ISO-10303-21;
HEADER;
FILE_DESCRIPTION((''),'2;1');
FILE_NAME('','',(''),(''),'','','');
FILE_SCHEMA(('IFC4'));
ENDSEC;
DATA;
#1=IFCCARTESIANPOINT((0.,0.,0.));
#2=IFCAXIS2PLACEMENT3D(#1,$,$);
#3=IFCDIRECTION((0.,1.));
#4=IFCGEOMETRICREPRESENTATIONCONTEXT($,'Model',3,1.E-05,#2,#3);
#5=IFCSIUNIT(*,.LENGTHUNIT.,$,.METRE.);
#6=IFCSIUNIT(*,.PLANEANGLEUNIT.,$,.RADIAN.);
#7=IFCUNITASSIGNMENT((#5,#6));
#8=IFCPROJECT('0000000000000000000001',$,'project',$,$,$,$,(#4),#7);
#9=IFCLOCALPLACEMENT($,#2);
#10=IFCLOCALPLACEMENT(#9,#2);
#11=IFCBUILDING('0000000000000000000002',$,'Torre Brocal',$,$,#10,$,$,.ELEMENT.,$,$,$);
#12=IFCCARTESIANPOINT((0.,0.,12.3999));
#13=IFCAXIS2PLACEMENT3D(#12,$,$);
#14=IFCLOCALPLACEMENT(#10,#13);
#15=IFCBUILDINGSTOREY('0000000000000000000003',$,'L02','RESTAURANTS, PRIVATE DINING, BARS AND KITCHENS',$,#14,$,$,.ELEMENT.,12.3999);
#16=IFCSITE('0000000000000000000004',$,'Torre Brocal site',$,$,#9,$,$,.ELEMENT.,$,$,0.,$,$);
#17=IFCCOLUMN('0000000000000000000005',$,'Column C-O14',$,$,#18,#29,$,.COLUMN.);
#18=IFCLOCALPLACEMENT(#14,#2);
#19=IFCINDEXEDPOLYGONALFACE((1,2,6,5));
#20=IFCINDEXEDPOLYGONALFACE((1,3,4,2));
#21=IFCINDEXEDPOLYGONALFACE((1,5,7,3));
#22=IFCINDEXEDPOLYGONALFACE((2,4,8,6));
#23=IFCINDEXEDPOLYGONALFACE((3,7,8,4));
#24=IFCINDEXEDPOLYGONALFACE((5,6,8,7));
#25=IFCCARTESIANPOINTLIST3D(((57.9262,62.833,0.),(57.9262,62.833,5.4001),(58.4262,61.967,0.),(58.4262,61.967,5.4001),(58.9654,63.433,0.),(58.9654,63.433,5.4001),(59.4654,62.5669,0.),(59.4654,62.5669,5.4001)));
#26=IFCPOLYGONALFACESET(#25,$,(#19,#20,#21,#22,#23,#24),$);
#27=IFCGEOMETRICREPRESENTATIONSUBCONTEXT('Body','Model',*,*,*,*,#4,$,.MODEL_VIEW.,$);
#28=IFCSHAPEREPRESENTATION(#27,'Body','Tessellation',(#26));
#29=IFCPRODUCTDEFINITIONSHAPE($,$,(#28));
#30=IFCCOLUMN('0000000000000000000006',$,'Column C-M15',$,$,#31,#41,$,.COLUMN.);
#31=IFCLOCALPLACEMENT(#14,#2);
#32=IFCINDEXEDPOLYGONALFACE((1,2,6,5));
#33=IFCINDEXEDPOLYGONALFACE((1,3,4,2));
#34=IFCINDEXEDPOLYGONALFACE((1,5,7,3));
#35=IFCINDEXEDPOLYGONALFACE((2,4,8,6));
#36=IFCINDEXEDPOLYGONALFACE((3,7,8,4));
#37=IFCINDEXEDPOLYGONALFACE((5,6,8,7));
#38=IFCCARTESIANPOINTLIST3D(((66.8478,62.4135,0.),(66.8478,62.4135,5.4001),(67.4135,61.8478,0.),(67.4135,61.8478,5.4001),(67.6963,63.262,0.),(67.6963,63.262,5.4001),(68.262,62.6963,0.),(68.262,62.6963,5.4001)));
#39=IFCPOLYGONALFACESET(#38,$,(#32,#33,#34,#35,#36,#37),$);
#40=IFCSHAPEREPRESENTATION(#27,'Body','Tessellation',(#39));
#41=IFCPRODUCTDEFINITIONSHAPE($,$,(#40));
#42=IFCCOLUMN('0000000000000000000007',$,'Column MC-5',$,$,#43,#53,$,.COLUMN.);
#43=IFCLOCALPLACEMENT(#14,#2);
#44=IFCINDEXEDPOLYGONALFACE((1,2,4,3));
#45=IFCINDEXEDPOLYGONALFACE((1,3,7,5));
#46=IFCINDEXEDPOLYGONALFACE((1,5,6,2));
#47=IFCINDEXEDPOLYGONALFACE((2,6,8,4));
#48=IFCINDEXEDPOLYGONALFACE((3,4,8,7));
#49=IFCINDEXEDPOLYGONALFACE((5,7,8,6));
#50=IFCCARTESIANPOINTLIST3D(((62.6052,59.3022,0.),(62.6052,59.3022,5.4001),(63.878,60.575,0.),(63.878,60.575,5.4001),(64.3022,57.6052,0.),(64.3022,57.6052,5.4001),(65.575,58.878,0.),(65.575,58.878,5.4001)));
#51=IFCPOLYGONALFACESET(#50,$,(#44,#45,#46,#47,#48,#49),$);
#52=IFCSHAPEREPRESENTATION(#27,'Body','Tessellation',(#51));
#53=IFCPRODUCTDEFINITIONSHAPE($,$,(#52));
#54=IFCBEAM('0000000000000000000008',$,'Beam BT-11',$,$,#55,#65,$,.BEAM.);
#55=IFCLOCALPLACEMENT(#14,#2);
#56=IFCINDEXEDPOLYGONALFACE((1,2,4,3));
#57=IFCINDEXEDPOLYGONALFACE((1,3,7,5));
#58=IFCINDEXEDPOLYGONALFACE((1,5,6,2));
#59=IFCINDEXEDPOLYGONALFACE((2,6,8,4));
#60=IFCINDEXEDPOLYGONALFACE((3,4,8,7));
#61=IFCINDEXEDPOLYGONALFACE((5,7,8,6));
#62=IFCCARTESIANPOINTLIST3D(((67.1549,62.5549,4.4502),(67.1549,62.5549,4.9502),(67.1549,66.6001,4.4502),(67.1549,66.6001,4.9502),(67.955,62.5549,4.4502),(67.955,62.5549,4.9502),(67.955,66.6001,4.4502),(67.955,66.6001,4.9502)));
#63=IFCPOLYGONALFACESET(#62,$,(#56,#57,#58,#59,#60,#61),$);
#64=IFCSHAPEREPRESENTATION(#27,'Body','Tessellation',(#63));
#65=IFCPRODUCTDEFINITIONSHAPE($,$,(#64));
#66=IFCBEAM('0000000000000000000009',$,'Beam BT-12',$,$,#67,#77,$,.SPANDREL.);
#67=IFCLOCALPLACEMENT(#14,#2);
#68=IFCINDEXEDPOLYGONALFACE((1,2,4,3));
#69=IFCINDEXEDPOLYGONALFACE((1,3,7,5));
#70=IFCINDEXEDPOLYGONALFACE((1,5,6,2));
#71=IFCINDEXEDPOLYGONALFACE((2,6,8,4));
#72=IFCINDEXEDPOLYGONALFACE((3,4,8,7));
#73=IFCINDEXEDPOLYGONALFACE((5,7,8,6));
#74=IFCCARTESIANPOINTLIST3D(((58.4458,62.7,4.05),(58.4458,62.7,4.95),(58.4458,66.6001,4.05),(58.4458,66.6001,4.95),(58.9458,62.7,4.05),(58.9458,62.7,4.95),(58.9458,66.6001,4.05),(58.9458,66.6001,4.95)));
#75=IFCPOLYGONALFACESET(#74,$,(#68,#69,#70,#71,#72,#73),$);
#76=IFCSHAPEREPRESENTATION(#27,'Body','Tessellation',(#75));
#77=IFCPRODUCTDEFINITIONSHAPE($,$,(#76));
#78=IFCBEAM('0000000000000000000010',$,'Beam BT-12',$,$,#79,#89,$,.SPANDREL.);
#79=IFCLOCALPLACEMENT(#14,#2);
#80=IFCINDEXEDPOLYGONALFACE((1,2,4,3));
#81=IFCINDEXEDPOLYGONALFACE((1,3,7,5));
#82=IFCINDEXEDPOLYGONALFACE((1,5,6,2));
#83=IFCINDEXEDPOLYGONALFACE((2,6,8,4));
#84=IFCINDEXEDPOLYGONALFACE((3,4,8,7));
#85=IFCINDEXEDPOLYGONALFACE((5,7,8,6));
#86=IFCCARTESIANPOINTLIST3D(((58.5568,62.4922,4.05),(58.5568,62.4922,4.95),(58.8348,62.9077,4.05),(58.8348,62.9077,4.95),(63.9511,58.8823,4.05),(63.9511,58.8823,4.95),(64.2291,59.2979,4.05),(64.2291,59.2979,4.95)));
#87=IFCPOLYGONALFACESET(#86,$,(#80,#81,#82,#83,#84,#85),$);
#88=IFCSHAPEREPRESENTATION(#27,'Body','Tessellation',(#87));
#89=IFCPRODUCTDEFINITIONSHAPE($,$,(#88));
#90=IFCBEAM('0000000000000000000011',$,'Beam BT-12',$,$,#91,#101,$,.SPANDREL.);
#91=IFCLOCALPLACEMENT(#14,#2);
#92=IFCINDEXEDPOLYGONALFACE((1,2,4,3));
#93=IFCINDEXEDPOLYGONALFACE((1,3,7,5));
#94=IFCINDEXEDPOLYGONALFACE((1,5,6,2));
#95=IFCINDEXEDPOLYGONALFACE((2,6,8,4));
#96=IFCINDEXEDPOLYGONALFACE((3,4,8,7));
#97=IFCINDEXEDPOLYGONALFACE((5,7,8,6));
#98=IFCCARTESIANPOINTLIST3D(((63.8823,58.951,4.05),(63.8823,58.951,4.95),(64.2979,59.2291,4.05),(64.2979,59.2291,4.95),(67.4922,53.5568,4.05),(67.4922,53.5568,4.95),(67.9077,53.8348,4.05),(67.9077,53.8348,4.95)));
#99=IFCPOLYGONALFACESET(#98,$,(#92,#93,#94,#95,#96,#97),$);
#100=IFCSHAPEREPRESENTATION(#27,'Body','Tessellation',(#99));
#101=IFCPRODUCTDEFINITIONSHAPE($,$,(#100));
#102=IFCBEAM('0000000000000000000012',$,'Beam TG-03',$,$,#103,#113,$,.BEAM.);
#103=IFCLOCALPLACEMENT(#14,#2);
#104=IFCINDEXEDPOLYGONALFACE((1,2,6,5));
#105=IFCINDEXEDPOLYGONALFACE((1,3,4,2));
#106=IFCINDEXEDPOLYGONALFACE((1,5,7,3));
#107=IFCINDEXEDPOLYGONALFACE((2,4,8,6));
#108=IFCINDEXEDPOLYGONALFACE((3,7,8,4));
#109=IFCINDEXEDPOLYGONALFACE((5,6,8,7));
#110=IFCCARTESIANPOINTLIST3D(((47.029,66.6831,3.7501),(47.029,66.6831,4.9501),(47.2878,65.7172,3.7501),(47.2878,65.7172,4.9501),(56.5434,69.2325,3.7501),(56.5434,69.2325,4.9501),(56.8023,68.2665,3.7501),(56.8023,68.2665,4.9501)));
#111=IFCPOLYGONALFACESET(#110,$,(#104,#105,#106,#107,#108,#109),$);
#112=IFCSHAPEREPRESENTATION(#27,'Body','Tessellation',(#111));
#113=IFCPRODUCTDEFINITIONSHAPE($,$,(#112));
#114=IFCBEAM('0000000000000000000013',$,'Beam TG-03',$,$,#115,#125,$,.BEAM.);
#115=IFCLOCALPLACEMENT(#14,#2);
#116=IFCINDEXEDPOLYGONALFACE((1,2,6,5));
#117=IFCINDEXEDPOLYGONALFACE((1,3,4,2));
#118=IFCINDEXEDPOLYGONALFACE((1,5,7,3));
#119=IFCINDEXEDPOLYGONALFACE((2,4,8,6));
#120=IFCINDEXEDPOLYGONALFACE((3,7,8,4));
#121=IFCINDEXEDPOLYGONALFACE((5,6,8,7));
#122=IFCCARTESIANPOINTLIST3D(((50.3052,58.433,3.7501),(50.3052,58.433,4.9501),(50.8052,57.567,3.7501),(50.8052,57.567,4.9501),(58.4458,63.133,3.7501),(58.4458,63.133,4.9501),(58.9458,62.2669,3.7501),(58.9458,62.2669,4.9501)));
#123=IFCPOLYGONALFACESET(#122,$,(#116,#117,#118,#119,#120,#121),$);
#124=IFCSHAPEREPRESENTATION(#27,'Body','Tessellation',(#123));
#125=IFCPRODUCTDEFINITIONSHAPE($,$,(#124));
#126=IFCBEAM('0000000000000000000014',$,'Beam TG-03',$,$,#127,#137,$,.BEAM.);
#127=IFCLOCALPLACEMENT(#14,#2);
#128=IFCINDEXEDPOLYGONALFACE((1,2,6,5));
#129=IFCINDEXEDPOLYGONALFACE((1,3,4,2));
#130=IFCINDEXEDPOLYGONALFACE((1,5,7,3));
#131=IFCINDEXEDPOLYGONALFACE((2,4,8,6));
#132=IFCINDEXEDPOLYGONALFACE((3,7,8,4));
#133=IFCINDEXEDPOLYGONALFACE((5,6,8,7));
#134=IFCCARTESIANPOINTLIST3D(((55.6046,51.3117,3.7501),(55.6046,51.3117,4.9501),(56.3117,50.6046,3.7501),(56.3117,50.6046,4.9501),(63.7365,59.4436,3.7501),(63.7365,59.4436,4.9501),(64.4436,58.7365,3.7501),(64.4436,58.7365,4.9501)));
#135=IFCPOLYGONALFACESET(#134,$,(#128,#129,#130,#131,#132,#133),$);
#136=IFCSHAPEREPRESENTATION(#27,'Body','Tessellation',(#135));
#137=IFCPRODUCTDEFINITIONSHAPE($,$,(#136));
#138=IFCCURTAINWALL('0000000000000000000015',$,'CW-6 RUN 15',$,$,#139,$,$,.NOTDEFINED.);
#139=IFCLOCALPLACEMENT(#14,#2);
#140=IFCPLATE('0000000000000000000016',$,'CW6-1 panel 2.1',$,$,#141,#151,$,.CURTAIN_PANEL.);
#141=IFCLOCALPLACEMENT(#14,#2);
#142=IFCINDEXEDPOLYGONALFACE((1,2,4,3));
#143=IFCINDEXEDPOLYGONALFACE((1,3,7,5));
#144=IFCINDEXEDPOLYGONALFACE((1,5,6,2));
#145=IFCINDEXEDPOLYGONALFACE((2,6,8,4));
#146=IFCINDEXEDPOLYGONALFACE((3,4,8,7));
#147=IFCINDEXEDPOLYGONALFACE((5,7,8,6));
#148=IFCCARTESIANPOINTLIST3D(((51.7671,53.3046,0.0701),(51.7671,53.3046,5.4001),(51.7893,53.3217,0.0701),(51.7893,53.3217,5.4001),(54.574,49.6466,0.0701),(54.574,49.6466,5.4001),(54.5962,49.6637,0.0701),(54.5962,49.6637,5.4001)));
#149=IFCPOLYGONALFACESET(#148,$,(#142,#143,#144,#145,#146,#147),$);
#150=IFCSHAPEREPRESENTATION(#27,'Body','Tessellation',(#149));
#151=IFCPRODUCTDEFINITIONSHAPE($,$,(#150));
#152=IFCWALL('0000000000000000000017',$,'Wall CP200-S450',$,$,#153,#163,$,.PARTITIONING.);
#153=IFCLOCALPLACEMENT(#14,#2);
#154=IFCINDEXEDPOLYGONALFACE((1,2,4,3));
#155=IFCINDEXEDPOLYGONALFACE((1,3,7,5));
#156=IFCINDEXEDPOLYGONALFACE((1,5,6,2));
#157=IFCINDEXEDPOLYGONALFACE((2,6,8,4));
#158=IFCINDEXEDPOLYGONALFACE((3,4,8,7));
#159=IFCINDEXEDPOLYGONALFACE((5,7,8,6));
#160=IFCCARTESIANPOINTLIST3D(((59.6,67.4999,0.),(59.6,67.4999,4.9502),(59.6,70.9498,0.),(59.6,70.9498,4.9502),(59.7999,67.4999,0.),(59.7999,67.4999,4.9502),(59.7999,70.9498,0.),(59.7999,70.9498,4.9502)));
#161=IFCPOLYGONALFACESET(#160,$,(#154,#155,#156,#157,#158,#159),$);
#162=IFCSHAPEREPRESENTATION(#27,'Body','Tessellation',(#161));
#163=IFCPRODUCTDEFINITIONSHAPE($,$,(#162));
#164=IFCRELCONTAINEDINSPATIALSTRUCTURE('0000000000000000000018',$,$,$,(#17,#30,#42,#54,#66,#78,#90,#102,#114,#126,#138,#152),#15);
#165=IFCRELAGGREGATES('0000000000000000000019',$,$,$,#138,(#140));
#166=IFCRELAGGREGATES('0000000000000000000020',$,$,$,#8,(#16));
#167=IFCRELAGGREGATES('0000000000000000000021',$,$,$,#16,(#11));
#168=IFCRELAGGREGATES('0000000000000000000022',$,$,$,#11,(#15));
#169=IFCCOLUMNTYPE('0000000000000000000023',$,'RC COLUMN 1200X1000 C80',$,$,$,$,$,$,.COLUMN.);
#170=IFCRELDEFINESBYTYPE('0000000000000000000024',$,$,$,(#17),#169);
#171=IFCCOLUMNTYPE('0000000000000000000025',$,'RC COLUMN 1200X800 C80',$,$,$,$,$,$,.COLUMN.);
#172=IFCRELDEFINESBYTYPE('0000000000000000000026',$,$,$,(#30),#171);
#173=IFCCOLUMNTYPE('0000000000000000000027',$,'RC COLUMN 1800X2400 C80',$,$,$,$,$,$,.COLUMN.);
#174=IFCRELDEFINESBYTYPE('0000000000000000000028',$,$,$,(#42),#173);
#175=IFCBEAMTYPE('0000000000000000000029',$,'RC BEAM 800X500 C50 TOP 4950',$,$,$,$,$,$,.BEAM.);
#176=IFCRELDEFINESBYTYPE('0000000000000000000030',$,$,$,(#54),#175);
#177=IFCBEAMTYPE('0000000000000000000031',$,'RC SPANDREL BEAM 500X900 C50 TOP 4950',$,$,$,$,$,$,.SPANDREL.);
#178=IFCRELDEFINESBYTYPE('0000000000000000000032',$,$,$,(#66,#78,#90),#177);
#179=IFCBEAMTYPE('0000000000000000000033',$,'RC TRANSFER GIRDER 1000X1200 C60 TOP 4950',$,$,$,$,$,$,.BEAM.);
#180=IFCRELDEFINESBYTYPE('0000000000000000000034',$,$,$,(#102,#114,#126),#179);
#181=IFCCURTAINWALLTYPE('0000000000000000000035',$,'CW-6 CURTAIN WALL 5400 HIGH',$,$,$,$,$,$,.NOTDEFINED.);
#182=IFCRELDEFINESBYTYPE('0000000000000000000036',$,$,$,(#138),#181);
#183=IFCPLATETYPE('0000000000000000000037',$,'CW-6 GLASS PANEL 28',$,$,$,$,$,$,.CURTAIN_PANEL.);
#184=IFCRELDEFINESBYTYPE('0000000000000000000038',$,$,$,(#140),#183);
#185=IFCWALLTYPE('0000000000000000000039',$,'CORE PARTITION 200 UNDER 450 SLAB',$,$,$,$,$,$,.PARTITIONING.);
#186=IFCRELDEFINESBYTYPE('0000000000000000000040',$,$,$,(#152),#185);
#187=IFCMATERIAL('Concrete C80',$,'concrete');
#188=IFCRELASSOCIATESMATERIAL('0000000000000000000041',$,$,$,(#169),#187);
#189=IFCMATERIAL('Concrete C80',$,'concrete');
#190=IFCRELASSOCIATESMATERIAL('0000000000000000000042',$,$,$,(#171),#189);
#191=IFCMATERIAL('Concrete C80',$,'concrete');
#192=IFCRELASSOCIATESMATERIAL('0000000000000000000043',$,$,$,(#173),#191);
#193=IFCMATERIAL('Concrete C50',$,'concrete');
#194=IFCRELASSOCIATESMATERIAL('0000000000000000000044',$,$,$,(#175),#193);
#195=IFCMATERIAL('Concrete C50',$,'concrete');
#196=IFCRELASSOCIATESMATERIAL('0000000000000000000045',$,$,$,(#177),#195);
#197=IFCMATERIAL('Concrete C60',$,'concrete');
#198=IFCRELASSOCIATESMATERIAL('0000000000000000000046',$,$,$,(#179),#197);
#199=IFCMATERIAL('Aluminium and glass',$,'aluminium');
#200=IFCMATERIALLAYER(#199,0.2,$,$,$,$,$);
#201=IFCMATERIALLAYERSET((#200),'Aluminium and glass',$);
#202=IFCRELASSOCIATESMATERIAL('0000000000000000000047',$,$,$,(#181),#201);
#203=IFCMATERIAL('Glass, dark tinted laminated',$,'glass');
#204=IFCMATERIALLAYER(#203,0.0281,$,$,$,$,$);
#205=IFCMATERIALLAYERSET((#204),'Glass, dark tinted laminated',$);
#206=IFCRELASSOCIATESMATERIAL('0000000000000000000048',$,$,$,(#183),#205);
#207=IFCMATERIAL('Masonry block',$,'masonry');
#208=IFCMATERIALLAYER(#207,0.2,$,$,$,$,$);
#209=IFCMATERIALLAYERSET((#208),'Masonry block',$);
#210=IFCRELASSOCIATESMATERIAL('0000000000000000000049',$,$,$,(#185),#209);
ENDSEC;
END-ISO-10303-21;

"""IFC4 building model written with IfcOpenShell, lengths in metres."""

from ifc_helpers import new_model, si_unit, direction, frame, frame_2d, origin, origin_2d, place, context, subcontext, project, spatial, rectangle, extrude, material, layer, layer_set, material_profile, profile_set, type_object, element, aggregate, save


model = new_model("IFC4")

# Units and contexts
model_context = context("Model", 3, precision=1e-05, world=origin(), true_north=direction((0.0, 1.0)))
body_context = subcontext(model_context, "Body", "Model", "MODEL_VIEW")
ifc_project = project(units=[si_unit("LENGTHUNIT", "METRE"), si_unit("PLANEANGLEUNIT", "RADIAN")], contexts=[model_context])

# Site, building, storey
site_placement = place(None, origin())
site = spatial("IfcSite", under=ifc_project, at=site_placement, Name="Torre Brocal site", CompositionType="ELEMENT", RefElevation=0.0)
building_placement = place(site_placement, origin())
building = spatial("IfcBuilding", under=site, at=building_placement, Name="Torre Brocal", CompositionType="ELEMENT")
storey_placement = place(building_placement, frame((0.0, 0.0, 12.3999)))
storey = spatial("IfcBuildingStorey", under=building, at=storey_placement, Name="L02", Description="RESTAURANTS, PRIVATE DINING, BARS AND KITCHENS", CompositionType="ELEMENT", Elevation=12.3999)

# Columns
ifc_material_1 = material(Name="Concrete C80", Category="concrete")
ifc_material_profile_1 = material_profile(ifc_material_1, rectangle(XDim=1.2, YDim=1.0, at=origin_2d()), Name="RC 1200X1000")
ifc_profile_set_1 = profile_set([ifc_material_profile_1], Name="Concrete C80")
column_type_1 = type_object("IfcColumnType", Name="RC COLUMN 1200X1000 C80", PredefinedType="COLUMN", material=ifc_profile_set_1)
column_1_placement = place(storey_placement, frame((58.6958, 62.7, 0.0), z_axis=(0.0, 0.0, 1.0), x_axis=(-0.866025, -0.5, 0.0)))
element("IfcColumn", 1, at=column_1_placement, inside=storey, type_object=column_type_1, Name="Column C-O14", PredefinedType="COLUMN", context=body_context, shape_type="SweptSolid", body=[
    extrude(rectangle(XDim=1.2, YDim=1.0, at=origin_2d()), origin(), (0.0, 0.0, 1.0), 5.4001),
])
ifc_material_2 = material(Name="Concrete C80", Category="concrete")
ifc_material_profile_2 = material_profile(ifc_material_2, rectangle(XDim=1.2, YDim=0.8, at=origin_2d()), Name="RC 1200X800")
ifc_profile_set_2 = profile_set([ifc_material_profile_2], Name="Concrete C80")
column_type_2 = type_object("IfcColumnType", Name="RC COLUMN 1200X800 C80", PredefinedType="COLUMN", material=ifc_profile_set_2)
column_2_placement = place(storey_placement, frame((67.5549, 62.5549, 0.0), z_axis=(0.0, 0.0, 1.0), x_axis=(-0.707107, -0.707107, 0.0)))
element("IfcColumn", 2, at=column_2_placement, inside=storey, type_object=column_type_2, Name="Column C-M15", PredefinedType="COLUMN", context=body_context, shape_type="SweptSolid", body=[
    extrude(rectangle(XDim=1.2, YDim=0.8, at=origin_2d()), origin(), (0.0, 0.0, 1.0), 5.4001),
])
ifc_material_3 = material(Name="Concrete C80", Category="concrete")
ifc_material_profile_3 = material_profile(ifc_material_3, rectangle(XDim=1.8, YDim=2.3999, at=origin_2d()), Name="RC 1800X2400")
ifc_profile_set_3 = profile_set([ifc_material_profile_3], Name="Concrete C80")
column_type_3 = type_object("IfcColumnType", Name="RC COLUMN 1800X2400 C80", PredefinedType="COLUMN", material=ifc_profile_set_3)
column_3_placement = place(storey_placement, frame((64.0901, 59.0901, 0.0), z_axis=(0.0, 0.0, 1.0), x_axis=(-0.707107, -0.707107, 0.0)))
element("IfcColumn", 3, at=column_3_placement, inside=storey, type_object=column_type_3, Name="Column MC-5", PredefinedType="COLUMN", context=body_context, shape_type="SweptSolid", body=[
    extrude(rectangle(XDim=1.8, YDim=2.3999, at=origin_2d()), origin(), (0.0, 0.0, 1.0), 5.4001),
])

# Beams
ifc_material_4 = material(Name="Concrete C50", Category="concrete")
ifc_material_profile_4 = material_profile(ifc_material_4, rectangle(XDim=0.8, YDim=0.5, at=origin_2d()), Name="RC 800X500")
ifc_profile_set_4 = profile_set([ifc_material_profile_4], Name="Concrete C50")
beam_type_1 = type_object("IfcBeamType", Name="RC BEAM 800X500 C50 TOP 4950", PredefinedType="BEAM", material=ifc_profile_set_4)
beam_1_placement = place(storey_placement, frame((67.5549, 62.5549, 4.7002), z_axis=(0.0, 1.0, 0.0), x_axis=(-1.0, 0.0, 0.0)))
element("IfcBeam", 4, at=beam_1_placement, inside=storey, type_object=beam_type_1, Name="Beam BT-11", PredefinedType="BEAM", context=body_context, shape_type="SweptSolid", body=[
    extrude(rectangle(XDim=0.8, YDim=0.5, at=origin_2d()), origin(), (0.0, 0.0, 1.0), 4.0452),
])
ifc_material_5 = material(Name="Concrete C50", Category="concrete")
ifc_material_profile_5 = material_profile(ifc_material_5, rectangle(XDim=0.5, YDim=0.8999, at=origin_2d()), Name="RC 500X900")
ifc_profile_set_5 = profile_set([ifc_material_profile_5], Name="Concrete C50")
beam_type_2 = type_object("IfcBeamType", Name="RC SPANDREL BEAM 500X900 C50 TOP 4950", PredefinedType="SPANDREL", material=ifc_profile_set_5)
beam_2_placement = place(storey_placement, frame((58.6958, 62.7, 4.5), z_axis=(0.0, 1.0, 0.0), x_axis=(-1.0, 0.0, 0.0)))
element("IfcBeam", 5, at=beam_2_placement, inside=storey, type_object=beam_type_2, Name="Beam BT-12", PredefinedType="SPANDREL", context=body_context, shape_type="SweptSolid", body=[
    extrude(rectangle(XDim=0.5, YDim=0.8999, at=origin_2d()), origin(), (0.0, 0.0, 1.0), 3.9001),
])
for number, where, z_axis, x_axis, name in (
    (6, (58.6958, 62.7, 4.5), (0.831077, -0.556158, 0.0), (0.556158, 0.831077, 0.0), "Beam BT-12"),
    (7, (64.0901, 59.0901, 4.5), (0.556158, -0.831077, 0.0), (0.831077, 0.556158, 0.0), "Beam BT-12"),
):
    element("IfcBeam", number, at=place(storey_placement, frame(where, z_axis=z_axis, x_axis=x_axis)), inside=storey, type_object=beam_type_2, Name=name, PredefinedType="SPANDREL", context=body_context, shape_type="SweptSolid", body=[
        extrude(rectangle(XDim=0.5, YDim=0.8999, at=origin_2d()), origin(), (0.0, 0.0, 1.0), 6.4907),
    ])
ifc_material_6 = material(Name="Concrete C60", Category="concrete")
ifc_material_profile_6 = material_profile(ifc_material_6, rectangle(XDim=1.0, YDim=1.2, at=origin_2d()), Name="RC 1000X1200")
ifc_profile_set_6 = profile_set([ifc_material_profile_6], Name="Concrete C60")
beam_type_3 = type_object("IfcBeamType", Name="RC TRANSFER GIRDER 1000X1200 C60 TOP 4950", PredefinedType="BEAM", material=ifc_profile_set_6)
beam_3_placement = place(storey_placement, frame((56.6729, 68.7495, 4.3501), z_axis=(-0.965927, -0.258813, 0.0), x_axis=(0.258813, -0.965927, 0.0)))
element("IfcBeam", 8, at=beam_3_placement, inside=storey, type_object=beam_type_3, Name="Beam TG-03", PredefinedType="BEAM", context=body_context, shape_type="SweptSolid", body=[
    extrude(rectangle(XDim=1.0, YDim=1.2, at=origin_2d()), origin(), (0.0, 0.0, 1.0), 9.8501),
])
beam_4_placement = place(storey_placement, frame((58.6958, 62.7, 4.3501), z_axis=(-0.866027, -0.499997, 0.0), x_axis=(0.499997, -0.866027, 0.0)))
element("IfcBeam", 9, at=beam_4_placement, inside=storey, type_object=beam_type_3, Name="Beam TG-03", PredefinedType="BEAM", context=body_context, shape_type="SweptSolid", body=[
    extrude(rectangle(XDim=1.0, YDim=1.2, at=origin_2d()), origin(), (0.0, 0.0, 1.0), 9.3999),
])
beam_5_placement = place(storey_placement, frame((64.0901, 59.0901, 4.3501), z_axis=(-0.707107, -0.707107, 0.0), x_axis=(0.707107, -0.707107, 0.0)))
element("IfcBeam", 10, at=beam_5_placement, inside=storey, type_object=beam_type_3, Name="Beam TG-03", PredefinedType="BEAM", context=body_context, shape_type="SweptSolid", body=[
    extrude(rectangle(XDim=1.0, YDim=1.2, at=origin_2d()), origin(), (0.0, 0.0, 1.0), 11.5002),
])

# Curtain wall, plate
ifc_material_7 = material(Name="Aluminium and glass", Category="aluminium")
ifc_layer_1 = layer(ifc_material_7, 0.2)
ifc_layer_set_1 = layer_set([ifc_layer_1], Name="Aluminium and glass")
curtain_wall_type = type_object("IfcCurtainWallType", Name="CW-6 CURTAIN WALL 5400 HIGH", PredefinedType="NOTDEFINED", material=ifc_layer_set_1)
curtain_wall_placement = place(storey_placement, origin())
curtain_wall = element("IfcCurtainWall", 11, at=curtain_wall_placement, inside=storey, type_object=curtain_wall_type, Name="CW-6 RUN 15", PredefinedType="NOTDEFINED")
ifc_material_8 = material(Name="Glass, dark tinted laminated", Category="glass")
ifc_layer_2 = layer(ifc_material_8, 0.0281)
ifc_layer_set_2 = layer_set([ifc_layer_2], Name="Glass, dark tinted laminated")
plate_type = type_object("IfcPlateType", Name="CW-6 GLASS PANEL 28", PredefinedType="CURTAIN_PANEL", material=ifc_layer_set_2)
plate_placement = place(storey_placement, frame((53.1816, 51.4841, 0.0701), z_axis=(0.0, 0.0, 1.0), x_axis=(0.608761, -0.793353, 0.0)))
plate = element("IfcPlate", 12, at=plate_placement, type_object=plate_type, Name="CW6-1 panel 2.1", PredefinedType="CURTAIN_PANEL", context=body_context, shape_type="SweptSolid", body=[
    extrude(rectangle(XDim=4.6108, YDim=0.0281, at=origin_2d()), origin(), (0.0, 0.0, 1.0), 5.3301),
])
aggregate(curtain_wall, [plate])

# Wall
ifc_material_9 = material(Name="Masonry block", Category="masonry")
ifc_layer_3 = layer(ifc_material_9, 0.2)
ifc_layer_set_3 = layer_set([ifc_layer_3], Name="Masonry block")
wall_type_1 = type_object("IfcWallType", Name="CORE PARTITION 200 UNDER 450 SLAB", PredefinedType="PARTITIONING", material=ifc_layer_set_3)
wall_1_placement = place(storey_placement, frame((59.7, 70.95, 0.0), z_axis=(0.0, 0.0, 1.0), x_axis=(0.0, -1.0, 0.0)))
element("IfcWall", 13, at=wall_1_placement, inside=storey, type_object=wall_type_1, Name="Wall CP200-S450", PredefinedType="PARTITIONING", context=body_context, shape_type="SweptSolid", body=[
    extrude(rectangle(XDim=3.45, YDim=0.2, at=frame_2d((1.7251, 0.0))), origin(), (0.0, 0.0, 1.0), 4.9502),
])

save(model, "model.ifc")
